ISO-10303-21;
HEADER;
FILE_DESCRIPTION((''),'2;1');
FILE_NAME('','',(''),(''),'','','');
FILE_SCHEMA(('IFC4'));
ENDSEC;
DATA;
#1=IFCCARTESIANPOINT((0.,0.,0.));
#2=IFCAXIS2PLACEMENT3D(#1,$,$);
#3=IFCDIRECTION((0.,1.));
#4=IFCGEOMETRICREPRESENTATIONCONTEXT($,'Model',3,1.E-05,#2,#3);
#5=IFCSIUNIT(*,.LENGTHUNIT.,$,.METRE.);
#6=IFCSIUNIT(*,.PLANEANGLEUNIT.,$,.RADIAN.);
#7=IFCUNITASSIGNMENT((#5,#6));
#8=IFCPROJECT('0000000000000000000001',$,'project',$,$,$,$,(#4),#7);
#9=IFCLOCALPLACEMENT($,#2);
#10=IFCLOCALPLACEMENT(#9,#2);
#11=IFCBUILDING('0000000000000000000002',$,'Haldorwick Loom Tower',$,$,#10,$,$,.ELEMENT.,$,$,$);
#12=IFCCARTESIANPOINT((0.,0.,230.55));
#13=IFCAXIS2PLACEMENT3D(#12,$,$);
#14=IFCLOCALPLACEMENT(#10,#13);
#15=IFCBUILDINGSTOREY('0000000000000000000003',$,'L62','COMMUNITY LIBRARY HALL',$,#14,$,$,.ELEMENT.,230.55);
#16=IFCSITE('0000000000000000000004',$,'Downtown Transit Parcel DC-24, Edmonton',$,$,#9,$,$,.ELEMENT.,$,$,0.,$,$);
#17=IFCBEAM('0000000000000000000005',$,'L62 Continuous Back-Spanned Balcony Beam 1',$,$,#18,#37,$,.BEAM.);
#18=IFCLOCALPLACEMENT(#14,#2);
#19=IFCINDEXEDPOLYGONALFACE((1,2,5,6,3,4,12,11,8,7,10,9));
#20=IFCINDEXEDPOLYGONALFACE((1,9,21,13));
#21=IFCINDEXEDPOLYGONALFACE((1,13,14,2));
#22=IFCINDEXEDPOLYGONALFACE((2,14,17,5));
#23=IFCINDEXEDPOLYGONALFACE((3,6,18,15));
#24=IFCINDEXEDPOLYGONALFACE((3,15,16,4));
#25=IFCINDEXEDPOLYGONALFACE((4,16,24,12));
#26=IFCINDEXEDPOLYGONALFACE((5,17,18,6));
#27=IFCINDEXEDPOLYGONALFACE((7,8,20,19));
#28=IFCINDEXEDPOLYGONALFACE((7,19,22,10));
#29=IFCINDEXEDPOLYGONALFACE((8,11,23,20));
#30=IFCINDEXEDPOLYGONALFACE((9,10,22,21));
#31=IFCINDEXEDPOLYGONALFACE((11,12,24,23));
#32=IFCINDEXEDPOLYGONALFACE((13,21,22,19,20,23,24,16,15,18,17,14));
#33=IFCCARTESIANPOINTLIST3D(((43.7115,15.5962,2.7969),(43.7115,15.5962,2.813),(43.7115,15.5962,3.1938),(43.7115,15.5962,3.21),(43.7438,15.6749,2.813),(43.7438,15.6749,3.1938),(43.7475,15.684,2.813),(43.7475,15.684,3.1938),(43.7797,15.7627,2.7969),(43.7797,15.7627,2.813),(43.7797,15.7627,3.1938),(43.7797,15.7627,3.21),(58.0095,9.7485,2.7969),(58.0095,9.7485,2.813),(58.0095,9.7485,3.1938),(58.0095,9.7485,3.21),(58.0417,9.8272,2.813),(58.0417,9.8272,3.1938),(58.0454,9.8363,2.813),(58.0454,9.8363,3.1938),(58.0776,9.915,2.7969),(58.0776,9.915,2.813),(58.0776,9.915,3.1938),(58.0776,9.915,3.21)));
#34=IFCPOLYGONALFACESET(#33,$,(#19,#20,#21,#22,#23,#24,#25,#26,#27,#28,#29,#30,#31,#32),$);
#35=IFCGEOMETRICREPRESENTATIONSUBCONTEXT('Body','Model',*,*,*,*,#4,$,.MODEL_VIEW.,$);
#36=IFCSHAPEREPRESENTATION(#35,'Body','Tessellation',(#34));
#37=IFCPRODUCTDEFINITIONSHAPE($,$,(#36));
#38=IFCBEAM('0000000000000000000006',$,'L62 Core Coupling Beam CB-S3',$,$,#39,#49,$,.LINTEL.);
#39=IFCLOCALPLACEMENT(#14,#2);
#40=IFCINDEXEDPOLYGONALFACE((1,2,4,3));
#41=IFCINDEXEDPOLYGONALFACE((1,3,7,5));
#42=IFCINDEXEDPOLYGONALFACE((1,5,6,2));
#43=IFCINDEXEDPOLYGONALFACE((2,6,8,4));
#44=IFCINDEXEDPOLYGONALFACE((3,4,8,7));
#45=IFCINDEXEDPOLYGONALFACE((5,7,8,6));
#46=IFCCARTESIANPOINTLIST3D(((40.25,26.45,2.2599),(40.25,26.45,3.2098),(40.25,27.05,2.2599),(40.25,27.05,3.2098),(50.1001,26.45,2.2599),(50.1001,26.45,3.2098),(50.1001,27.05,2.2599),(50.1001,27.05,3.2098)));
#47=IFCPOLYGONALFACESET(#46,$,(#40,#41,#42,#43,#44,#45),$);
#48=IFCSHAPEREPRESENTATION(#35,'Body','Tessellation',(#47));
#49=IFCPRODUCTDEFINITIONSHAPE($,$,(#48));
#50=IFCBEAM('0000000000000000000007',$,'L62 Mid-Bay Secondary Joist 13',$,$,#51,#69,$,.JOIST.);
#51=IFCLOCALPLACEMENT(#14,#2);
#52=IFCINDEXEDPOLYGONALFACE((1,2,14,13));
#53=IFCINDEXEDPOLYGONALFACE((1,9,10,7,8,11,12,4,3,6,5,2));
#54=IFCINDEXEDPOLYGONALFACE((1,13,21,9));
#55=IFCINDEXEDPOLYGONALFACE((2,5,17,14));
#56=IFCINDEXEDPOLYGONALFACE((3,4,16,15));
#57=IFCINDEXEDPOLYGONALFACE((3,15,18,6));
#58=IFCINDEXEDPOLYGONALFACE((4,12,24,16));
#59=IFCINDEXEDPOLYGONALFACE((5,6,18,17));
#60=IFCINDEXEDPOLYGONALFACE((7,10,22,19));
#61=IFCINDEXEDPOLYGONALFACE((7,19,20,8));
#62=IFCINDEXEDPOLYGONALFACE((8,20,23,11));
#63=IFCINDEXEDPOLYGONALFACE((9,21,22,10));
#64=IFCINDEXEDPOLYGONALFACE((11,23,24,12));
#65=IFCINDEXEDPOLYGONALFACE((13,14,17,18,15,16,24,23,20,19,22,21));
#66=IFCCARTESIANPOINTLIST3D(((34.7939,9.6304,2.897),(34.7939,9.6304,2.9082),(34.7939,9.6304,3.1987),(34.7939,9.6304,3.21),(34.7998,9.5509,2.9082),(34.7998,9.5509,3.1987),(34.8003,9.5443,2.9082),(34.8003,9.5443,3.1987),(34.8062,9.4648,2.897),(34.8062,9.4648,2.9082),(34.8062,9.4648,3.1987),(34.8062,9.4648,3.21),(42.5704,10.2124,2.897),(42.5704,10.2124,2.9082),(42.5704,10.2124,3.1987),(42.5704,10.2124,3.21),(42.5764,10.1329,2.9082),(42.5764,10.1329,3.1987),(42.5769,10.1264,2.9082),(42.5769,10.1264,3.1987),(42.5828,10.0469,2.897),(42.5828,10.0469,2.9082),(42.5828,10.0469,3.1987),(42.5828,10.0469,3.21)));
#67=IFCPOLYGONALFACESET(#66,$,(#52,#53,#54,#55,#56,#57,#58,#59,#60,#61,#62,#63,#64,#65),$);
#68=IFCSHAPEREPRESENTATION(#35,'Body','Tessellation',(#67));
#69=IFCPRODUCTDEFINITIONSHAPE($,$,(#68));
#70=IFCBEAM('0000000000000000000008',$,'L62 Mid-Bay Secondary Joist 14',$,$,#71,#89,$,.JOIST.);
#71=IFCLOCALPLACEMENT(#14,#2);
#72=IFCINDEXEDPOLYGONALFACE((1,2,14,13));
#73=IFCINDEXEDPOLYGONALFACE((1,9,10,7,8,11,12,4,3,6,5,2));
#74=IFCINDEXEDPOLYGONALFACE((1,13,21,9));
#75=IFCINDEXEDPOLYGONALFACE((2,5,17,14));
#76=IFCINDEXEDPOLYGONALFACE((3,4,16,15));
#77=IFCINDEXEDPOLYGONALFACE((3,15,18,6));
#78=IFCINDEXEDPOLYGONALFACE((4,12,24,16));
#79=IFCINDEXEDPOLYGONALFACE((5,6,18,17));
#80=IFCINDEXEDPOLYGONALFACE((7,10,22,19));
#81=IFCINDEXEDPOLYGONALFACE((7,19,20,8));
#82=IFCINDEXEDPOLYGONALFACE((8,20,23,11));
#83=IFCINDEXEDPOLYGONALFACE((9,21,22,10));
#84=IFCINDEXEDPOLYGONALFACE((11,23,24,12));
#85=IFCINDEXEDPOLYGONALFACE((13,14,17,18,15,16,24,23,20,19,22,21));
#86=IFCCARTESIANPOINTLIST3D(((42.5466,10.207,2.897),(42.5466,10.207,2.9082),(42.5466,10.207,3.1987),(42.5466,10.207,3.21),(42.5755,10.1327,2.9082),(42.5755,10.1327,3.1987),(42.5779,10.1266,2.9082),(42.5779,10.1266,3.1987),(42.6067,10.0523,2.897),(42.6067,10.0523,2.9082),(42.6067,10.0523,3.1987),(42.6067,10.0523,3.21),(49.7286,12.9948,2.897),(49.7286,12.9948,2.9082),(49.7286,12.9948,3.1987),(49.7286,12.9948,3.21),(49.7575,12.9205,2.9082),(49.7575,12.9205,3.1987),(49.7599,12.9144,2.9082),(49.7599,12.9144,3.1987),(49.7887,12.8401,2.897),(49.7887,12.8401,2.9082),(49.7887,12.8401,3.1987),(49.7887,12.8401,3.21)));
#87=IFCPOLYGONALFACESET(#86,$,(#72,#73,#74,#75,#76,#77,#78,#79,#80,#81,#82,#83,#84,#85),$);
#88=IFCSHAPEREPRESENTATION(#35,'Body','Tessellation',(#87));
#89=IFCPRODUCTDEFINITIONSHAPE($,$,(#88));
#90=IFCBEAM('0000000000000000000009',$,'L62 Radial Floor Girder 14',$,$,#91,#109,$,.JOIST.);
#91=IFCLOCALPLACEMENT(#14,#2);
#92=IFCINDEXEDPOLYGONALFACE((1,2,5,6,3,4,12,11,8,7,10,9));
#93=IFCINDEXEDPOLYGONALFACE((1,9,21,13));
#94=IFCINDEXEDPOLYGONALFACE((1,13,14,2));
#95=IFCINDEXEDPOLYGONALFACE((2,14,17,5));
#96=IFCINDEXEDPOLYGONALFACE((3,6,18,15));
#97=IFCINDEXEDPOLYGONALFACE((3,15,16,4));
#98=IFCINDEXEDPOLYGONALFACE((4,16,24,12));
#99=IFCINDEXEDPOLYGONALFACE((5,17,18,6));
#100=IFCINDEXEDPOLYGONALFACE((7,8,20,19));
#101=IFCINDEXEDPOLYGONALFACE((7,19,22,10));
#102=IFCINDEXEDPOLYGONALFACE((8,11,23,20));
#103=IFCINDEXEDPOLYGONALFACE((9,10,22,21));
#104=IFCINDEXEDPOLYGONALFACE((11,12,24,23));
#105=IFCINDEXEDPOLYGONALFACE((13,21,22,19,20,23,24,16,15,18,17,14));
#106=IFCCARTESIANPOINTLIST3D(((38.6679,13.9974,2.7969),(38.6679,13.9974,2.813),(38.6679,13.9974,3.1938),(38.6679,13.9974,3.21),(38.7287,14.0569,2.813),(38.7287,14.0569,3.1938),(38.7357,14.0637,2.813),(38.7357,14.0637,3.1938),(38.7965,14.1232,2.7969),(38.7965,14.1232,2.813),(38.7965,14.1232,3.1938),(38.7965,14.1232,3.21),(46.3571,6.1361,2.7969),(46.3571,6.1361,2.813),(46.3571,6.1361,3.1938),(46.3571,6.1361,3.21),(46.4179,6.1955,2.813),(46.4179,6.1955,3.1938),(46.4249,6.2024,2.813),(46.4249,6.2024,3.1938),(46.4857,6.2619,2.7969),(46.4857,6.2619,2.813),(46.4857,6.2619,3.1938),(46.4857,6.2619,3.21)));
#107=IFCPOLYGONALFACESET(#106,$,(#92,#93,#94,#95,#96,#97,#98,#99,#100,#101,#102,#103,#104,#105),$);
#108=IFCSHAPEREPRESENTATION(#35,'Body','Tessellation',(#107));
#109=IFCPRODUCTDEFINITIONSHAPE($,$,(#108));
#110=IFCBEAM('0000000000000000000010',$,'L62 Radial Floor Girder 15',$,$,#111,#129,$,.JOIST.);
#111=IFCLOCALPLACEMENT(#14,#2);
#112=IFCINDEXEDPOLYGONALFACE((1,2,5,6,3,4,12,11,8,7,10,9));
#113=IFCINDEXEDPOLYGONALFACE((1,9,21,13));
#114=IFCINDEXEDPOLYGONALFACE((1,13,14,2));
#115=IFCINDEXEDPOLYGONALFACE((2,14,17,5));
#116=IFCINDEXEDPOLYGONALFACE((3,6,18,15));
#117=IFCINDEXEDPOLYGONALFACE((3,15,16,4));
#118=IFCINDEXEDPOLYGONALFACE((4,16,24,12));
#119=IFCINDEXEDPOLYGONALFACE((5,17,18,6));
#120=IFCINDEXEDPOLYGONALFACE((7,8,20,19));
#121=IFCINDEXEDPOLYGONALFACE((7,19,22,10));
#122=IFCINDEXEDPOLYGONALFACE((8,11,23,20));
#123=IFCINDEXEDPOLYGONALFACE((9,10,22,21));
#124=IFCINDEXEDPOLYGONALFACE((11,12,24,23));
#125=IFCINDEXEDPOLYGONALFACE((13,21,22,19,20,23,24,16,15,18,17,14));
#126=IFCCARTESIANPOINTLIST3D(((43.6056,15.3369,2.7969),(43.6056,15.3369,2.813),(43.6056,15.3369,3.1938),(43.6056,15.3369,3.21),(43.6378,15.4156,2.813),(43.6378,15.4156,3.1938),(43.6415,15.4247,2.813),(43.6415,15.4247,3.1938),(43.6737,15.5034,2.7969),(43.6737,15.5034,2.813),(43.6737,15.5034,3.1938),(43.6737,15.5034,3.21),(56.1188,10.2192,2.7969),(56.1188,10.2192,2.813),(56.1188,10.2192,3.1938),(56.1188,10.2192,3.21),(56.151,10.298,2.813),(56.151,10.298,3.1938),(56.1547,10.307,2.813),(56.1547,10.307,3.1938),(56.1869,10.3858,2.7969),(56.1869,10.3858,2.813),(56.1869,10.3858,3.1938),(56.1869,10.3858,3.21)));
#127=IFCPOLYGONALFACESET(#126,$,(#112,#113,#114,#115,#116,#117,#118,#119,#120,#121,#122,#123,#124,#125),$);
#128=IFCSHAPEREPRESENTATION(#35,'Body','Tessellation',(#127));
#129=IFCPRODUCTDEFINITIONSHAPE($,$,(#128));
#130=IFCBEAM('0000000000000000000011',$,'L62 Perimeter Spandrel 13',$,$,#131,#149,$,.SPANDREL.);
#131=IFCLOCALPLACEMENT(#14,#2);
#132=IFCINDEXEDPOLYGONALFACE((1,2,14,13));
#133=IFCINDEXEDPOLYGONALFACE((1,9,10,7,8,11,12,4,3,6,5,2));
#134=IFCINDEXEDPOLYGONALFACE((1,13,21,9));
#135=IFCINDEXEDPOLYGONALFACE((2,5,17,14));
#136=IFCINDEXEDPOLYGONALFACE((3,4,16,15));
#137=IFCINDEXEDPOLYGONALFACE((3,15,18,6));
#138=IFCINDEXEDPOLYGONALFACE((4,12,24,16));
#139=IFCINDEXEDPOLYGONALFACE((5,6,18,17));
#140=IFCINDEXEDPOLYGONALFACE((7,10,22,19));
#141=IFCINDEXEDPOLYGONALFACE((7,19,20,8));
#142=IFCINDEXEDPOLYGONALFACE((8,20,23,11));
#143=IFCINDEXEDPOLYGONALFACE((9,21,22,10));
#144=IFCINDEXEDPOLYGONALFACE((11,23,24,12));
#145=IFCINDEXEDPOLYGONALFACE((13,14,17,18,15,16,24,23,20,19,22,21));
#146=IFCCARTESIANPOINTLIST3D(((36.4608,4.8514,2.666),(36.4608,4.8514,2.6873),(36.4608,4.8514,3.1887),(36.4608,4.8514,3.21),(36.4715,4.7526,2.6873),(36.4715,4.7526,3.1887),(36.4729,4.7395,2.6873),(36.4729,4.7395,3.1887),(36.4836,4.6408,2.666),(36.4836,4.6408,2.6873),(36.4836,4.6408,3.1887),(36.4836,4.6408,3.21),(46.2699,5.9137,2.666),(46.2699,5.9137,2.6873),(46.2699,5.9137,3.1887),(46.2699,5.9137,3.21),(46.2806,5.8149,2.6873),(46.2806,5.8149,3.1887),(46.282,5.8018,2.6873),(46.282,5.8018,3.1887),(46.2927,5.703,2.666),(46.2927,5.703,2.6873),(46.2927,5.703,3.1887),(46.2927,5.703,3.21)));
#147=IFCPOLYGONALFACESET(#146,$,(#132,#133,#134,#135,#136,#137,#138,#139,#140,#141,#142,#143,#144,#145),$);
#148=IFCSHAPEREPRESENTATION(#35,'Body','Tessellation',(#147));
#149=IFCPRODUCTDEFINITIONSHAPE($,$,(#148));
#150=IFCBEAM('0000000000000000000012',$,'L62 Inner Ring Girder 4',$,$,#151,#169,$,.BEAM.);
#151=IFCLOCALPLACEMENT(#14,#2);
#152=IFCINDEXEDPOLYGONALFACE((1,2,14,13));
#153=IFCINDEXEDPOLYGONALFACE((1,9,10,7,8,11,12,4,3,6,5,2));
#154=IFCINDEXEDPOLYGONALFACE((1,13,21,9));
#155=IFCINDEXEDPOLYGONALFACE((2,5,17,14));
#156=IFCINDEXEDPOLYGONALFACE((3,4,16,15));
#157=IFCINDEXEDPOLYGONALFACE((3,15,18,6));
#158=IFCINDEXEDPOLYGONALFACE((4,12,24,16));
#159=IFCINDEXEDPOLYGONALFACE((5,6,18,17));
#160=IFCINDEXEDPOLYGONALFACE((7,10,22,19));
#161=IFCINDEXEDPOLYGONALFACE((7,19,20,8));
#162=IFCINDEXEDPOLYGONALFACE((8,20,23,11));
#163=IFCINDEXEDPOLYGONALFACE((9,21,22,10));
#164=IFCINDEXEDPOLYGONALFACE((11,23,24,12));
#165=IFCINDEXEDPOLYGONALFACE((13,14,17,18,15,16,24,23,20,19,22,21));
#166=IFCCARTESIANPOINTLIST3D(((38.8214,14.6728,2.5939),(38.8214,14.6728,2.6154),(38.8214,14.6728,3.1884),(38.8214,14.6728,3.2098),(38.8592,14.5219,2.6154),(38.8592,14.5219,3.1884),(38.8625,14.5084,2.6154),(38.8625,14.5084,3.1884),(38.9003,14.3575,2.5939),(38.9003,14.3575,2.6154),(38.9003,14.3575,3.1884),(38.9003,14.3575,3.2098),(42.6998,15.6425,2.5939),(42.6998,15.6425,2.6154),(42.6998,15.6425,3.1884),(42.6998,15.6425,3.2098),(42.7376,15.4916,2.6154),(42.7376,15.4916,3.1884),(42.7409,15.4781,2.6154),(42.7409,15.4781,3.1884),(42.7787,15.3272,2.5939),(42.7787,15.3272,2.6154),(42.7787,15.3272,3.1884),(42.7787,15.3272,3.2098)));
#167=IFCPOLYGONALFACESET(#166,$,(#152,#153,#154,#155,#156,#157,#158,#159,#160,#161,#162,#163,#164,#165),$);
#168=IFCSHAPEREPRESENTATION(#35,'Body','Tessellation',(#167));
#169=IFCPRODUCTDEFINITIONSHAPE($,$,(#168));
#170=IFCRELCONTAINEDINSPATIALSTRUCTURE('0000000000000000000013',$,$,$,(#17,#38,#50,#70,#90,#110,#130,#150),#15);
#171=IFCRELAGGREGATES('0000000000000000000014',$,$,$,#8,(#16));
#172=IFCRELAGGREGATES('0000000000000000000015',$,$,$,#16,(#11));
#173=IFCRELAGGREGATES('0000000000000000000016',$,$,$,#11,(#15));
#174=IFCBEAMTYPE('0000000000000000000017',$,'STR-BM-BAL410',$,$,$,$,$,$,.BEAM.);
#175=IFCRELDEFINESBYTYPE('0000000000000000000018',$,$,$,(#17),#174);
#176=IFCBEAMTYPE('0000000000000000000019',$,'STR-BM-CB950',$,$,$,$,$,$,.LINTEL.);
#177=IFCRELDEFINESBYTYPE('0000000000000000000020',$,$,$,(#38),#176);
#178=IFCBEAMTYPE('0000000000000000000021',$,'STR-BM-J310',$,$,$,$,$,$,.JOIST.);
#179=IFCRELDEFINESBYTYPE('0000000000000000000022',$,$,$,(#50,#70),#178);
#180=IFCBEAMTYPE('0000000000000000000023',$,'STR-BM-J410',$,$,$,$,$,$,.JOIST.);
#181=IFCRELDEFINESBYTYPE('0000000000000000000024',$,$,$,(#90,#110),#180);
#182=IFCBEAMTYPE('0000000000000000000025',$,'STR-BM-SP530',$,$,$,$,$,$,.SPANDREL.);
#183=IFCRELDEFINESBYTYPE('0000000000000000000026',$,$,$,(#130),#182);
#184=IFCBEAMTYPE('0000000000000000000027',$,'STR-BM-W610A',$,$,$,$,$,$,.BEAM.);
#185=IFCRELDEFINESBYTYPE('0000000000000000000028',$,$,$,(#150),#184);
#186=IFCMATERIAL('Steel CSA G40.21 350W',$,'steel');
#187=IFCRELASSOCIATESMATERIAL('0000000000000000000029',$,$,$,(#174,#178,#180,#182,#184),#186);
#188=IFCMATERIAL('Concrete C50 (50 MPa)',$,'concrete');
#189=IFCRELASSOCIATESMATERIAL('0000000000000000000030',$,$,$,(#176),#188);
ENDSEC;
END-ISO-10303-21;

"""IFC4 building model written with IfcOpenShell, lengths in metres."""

from ifc_helpers import new_model, si_unit, direction, frame, origin, origin_2d, place, context, subcontext, project, spatial, rectangle, i_section, extrude, material, material_profile, profile_set, type_object, element, save


model = new_model("IFC4")

# Units and contexts
model_context = context("Model", 3, precision=1e-05, world=origin(), true_north=direction((0.0, 1.0)))
body_context = subcontext(model_context, "Body", "Model", "MODEL_VIEW")
ifc_project = project(units=[si_unit("LENGTHUNIT", "METRE"), si_unit("PLANEANGLEUNIT", "RADIAN")], contexts=[model_context])

# Site, building, storey
site_placement = place(None, origin())
site = spatial("IfcSite", under=ifc_project, at=site_placement, Name="Downtown Transit Parcel DC-24, Edmonton", CompositionType="ELEMENT", RefElevation=0.0)
building_placement = place(site_placement, origin())
building = spatial("IfcBuilding", under=site, at=building_placement, Name="Haldorwick Loom Tower", CompositionType="ELEMENT")
storey_placement = place(building_placement, frame((0.0, 0.0, 230.55)))
storey = spatial("IfcBuildingStorey", under=building, at=storey_placement, Name="L62", Description="COMMUNITY LIBRARY HALL", CompositionType="ELEMENT", Elevation=230.55)

# Shared definitions
ifc_material_1 = material(Name="Steel CSA G40.21 350W", Category="steel")

# Beams
ifc_material_profile_1 = material_profile(ifc_material_1, i_section(OverallWidth=0.1799, OverallDepth=0.4131, WebThickness=0.0098, FlangeThickness=0.0161, at=origin_2d()), Name="W410X74", Category="steel")
ifc_profile_set_1 = profile_set([ifc_material_profile_1], Name="Steel CSA G40.21 350W")
beam_type_1 = type_object("IfcBeamType", Name="STR-BM-BAL410", PredefinedType="BEAM", material=ifc_profile_set_1)
beam_1_placement = place(storey_placement, frame((43.7456, 15.6794, 3.0034), z_axis=(0.92558, -0.378552, 0.0), x_axis=(0.378552, 0.92558, 0.0)))
element("IfcBeam", 1, at=beam_1_placement, inside=storey, type_object=beam_type_1, Name="L62 Continuous Back-Spanned Balcony Beam 1", PredefinedType="BEAM", context=body_context, shape_type="SweptSolid", body=[
    extrude(i_section(OverallWidth=0.1799, OverallDepth=0.4131, WebThickness=0.0098, FlangeThickness=0.0161, at=origin_2d()), origin(), (0.0, 0.0, 1.0), 15.4475),
])
ifc_material_2 = material(Name="Concrete C50 (50 MPa)", Category="concrete")
ifc_material_profile_2 = material_profile(ifc_material_2, rectangle(XDim=0.6001, YDim=0.95, at=origin_2d()), Name="RC600X950", Category="concrete")
ifc_profile_set_2 = profile_set([ifc_material_profile_2], Name="Concrete C50 (50 MPa)")
beam_type_2 = type_object("IfcBeamType", Name="STR-BM-CB950", PredefinedType="LINTEL", material=ifc_profile_set_2)
beam_2_placement = place(storey_placement, frame((40.25, 26.75, 2.7349), z_axis=(1.0, 0.0, 0.0), x_axis=(0.0, 1.0, 0.0)))
element("IfcBeam", 2, at=beam_2_placement, inside=storey, type_object=beam_type_2, Name="L62 Core Coupling Beam CB-S3", PredefinedType="LINTEL", context=body_context, shape_type="SweptSolid", body=[
    extrude(rectangle(XDim=0.6001, YDim=0.95, at=origin_2d()), origin(), (0.0, 0.0, 1.0), 9.8501),
])
ifc_material_profile_3 = material_profile(ifc_material_1, i_section(OverallWidth=0.166, OverallDepth=0.313, WebThickness=0.0066, FlangeThickness=0.0112, at=origin_2d()), Name="W310X45", Category="steel")
ifc_profile_set_3 = profile_set([ifc_material_profile_3], Name="Steel CSA G40.21 350W")
beam_type_3 = type_object("IfcBeamType", Name="STR-BM-J310", PredefinedType="JOIST", material=ifc_profile_set_3)
beam_3_placement = place(storey_placement, frame((34.8, 9.5476, 3.0535), z_axis=(0.997211, 0.074635, 0.0), x_axis=(-0.074635, 0.997211, 0.0)))
element("IfcBeam", 3, at=beam_3_placement, inside=storey, type_object=beam_type_3, Name="L62 Mid-Bay Secondary Joist 13", PredefinedType="JOIST", context=body_context, shape_type="SweptSolid", body=[
    extrude(i_section(OverallWidth=0.166, OverallDepth=0.313, WebThickness=0.0066, FlangeThickness=0.0112, at=origin_2d()), origin(), (0.0, 0.0, 1.0), 7.7983),
])
beam_4_placement = place(storey_placement, frame((42.5767, 10.1296, 3.0535), z_axis=(0.932233, 0.361859, 0.0), x_axis=(-0.361859, 0.932233, 0.0)))
element("IfcBeam", 4, at=beam_4_placement, inside=storey, type_object=beam_type_3, Name="L62 Mid-Bay Secondary Joist 14", PredefinedType="JOIST", context=body_context, shape_type="SweptSolid", body=[
    extrude(i_section(OverallWidth=0.166, OverallDepth=0.313, WebThickness=0.0066, FlangeThickness=0.0112, at=origin_2d()), origin(), (0.0, 0.0, 1.0), 7.7041),
])
ifc_material_profile_4 = material_profile(ifc_material_1, i_section(OverallWidth=0.1799, OverallDepth=0.4131, WebThickness=0.0098, FlangeThickness=0.0161, at=origin_2d()), Name="W410X74", Category="steel")
ifc_profile_set_4 = profile_set([ifc_material_profile_4], Name="Steel CSA G40.21 350W")
beam_type_4 = type_object("IfcBeamType", Name="STR-BM-J410", PredefinedType="JOIST", material=ifc_profile_set_4)
beam_5_placement = place(storey_placement, frame((38.7322, 14.0603, 3.0034), z_axis=(0.699237, -0.71489, 0.0), x_axis=(0.71489, 0.699237, 0.0)))
element("IfcBeam", 5, at=beam_5_placement, inside=storey, type_object=beam_type_4, Name="L62 Radial Floor Girder 14", PredefinedType="JOIST", context=body_context, shape_type="SweptSolid", body=[
    extrude(i_section(OverallWidth=0.1799, OverallDepth=0.4131, WebThickness=0.0098, FlangeThickness=0.0161, at=origin_2d()), origin(), (0.0, 0.0, 1.0), 10.9966),
])
beam_6_placement = place(storey_placement, frame((43.6396, 15.4202, 3.0034), z_axis=(0.925582, -0.378547, 0.0), x_axis=(0.378547, 0.925582, 0.0)))
element("IfcBeam", 6, at=beam_6_placement, inside=storey, type_object=beam_type_4, Name="L62 Radial Floor Girder 15", PredefinedType="JOIST", context=body_context, shape_type="SweptSolid", body=[
    extrude(i_section(OverallWidth=0.1799, OverallDepth=0.4131, WebThickness=0.0098, FlangeThickness=0.0161, at=origin_2d()), origin(), (0.0, 0.0, 1.0), 13.5193),
])
ifc_material_profile_5 = material_profile(ifc_material_1, i_section(OverallWidth=0.2119, OverallDepth=0.5439, WebThickness=0.0132, FlangeThickness=0.0212, at=origin_2d()), Name="W530X123", Category="steel")
ifc_profile_set_5 = profile_set([ifc_material_profile_5], Name="Steel CSA G40.21 350W")
beam_type_5 = type_object("IfcBeamType", Name="STR-BM-SP530", PredefinedType="SPANDREL", material=ifc_profile_set_5)
beam_7_placement = place(storey_placement, frame((36.4722, 4.7461, 2.938), z_axis=(0.994187, 0.107664, 0.0), x_axis=(-0.107664, 0.994187, 0.0)))
element("IfcBeam", 7, at=beam_7_placement, inside=storey, type_object=beam_type_5, Name="L62 Perimeter Spandrel 13", PredefinedType="SPANDREL", context=body_context, shape_type="SweptSolid", body=[
    extrude(i_section(OverallWidth=0.2119, OverallDepth=0.5439, WebThickness=0.0132, FlangeThickness=0.0212, at=origin_2d()), origin(), (0.0, 0.0, 1.0), 9.8665),
])
ifc_material_profile_6 = material_profile(ifc_material_1, i_section(OverallWidth=0.325, OverallDepth=0.616, WebThickness=0.0139, FlangeThickness=0.0215, at=origin_2d()), Name="W610X174", Category="steel")
ifc_profile_set_6 = profile_set([ifc_material_profile_6], Name="Steel CSA G40.21 350W")
beam_type_6 = type_object("IfcBeamType", Name="STR-BM-W610A", PredefinedType="BEAM", material=ifc_profile_set_6)
beam_8_placement = place(storey_placement, frame((42.7393, 15.4849, 2.9019), z_axis=(-0.970135, -0.242564, 0.0), x_axis=(0.242564, -0.970135, 0.0)))
element("IfcBeam", 8, at=beam_8_placement, inside=storey, type_object=beam_type_6, Name="L62 Inner Ring Girder 4", PredefinedType="BEAM", context=body_context, shape_type="SweptSolid", body=[
    extrude(i_section(OverallWidth=0.325, OverallDepth=0.616, WebThickness=0.0139, FlangeThickness=0.0215, at=origin_2d()), origin(), (0.0, 0.0, 1.0), 3.9978),
])

save(model, "model.ifc")
